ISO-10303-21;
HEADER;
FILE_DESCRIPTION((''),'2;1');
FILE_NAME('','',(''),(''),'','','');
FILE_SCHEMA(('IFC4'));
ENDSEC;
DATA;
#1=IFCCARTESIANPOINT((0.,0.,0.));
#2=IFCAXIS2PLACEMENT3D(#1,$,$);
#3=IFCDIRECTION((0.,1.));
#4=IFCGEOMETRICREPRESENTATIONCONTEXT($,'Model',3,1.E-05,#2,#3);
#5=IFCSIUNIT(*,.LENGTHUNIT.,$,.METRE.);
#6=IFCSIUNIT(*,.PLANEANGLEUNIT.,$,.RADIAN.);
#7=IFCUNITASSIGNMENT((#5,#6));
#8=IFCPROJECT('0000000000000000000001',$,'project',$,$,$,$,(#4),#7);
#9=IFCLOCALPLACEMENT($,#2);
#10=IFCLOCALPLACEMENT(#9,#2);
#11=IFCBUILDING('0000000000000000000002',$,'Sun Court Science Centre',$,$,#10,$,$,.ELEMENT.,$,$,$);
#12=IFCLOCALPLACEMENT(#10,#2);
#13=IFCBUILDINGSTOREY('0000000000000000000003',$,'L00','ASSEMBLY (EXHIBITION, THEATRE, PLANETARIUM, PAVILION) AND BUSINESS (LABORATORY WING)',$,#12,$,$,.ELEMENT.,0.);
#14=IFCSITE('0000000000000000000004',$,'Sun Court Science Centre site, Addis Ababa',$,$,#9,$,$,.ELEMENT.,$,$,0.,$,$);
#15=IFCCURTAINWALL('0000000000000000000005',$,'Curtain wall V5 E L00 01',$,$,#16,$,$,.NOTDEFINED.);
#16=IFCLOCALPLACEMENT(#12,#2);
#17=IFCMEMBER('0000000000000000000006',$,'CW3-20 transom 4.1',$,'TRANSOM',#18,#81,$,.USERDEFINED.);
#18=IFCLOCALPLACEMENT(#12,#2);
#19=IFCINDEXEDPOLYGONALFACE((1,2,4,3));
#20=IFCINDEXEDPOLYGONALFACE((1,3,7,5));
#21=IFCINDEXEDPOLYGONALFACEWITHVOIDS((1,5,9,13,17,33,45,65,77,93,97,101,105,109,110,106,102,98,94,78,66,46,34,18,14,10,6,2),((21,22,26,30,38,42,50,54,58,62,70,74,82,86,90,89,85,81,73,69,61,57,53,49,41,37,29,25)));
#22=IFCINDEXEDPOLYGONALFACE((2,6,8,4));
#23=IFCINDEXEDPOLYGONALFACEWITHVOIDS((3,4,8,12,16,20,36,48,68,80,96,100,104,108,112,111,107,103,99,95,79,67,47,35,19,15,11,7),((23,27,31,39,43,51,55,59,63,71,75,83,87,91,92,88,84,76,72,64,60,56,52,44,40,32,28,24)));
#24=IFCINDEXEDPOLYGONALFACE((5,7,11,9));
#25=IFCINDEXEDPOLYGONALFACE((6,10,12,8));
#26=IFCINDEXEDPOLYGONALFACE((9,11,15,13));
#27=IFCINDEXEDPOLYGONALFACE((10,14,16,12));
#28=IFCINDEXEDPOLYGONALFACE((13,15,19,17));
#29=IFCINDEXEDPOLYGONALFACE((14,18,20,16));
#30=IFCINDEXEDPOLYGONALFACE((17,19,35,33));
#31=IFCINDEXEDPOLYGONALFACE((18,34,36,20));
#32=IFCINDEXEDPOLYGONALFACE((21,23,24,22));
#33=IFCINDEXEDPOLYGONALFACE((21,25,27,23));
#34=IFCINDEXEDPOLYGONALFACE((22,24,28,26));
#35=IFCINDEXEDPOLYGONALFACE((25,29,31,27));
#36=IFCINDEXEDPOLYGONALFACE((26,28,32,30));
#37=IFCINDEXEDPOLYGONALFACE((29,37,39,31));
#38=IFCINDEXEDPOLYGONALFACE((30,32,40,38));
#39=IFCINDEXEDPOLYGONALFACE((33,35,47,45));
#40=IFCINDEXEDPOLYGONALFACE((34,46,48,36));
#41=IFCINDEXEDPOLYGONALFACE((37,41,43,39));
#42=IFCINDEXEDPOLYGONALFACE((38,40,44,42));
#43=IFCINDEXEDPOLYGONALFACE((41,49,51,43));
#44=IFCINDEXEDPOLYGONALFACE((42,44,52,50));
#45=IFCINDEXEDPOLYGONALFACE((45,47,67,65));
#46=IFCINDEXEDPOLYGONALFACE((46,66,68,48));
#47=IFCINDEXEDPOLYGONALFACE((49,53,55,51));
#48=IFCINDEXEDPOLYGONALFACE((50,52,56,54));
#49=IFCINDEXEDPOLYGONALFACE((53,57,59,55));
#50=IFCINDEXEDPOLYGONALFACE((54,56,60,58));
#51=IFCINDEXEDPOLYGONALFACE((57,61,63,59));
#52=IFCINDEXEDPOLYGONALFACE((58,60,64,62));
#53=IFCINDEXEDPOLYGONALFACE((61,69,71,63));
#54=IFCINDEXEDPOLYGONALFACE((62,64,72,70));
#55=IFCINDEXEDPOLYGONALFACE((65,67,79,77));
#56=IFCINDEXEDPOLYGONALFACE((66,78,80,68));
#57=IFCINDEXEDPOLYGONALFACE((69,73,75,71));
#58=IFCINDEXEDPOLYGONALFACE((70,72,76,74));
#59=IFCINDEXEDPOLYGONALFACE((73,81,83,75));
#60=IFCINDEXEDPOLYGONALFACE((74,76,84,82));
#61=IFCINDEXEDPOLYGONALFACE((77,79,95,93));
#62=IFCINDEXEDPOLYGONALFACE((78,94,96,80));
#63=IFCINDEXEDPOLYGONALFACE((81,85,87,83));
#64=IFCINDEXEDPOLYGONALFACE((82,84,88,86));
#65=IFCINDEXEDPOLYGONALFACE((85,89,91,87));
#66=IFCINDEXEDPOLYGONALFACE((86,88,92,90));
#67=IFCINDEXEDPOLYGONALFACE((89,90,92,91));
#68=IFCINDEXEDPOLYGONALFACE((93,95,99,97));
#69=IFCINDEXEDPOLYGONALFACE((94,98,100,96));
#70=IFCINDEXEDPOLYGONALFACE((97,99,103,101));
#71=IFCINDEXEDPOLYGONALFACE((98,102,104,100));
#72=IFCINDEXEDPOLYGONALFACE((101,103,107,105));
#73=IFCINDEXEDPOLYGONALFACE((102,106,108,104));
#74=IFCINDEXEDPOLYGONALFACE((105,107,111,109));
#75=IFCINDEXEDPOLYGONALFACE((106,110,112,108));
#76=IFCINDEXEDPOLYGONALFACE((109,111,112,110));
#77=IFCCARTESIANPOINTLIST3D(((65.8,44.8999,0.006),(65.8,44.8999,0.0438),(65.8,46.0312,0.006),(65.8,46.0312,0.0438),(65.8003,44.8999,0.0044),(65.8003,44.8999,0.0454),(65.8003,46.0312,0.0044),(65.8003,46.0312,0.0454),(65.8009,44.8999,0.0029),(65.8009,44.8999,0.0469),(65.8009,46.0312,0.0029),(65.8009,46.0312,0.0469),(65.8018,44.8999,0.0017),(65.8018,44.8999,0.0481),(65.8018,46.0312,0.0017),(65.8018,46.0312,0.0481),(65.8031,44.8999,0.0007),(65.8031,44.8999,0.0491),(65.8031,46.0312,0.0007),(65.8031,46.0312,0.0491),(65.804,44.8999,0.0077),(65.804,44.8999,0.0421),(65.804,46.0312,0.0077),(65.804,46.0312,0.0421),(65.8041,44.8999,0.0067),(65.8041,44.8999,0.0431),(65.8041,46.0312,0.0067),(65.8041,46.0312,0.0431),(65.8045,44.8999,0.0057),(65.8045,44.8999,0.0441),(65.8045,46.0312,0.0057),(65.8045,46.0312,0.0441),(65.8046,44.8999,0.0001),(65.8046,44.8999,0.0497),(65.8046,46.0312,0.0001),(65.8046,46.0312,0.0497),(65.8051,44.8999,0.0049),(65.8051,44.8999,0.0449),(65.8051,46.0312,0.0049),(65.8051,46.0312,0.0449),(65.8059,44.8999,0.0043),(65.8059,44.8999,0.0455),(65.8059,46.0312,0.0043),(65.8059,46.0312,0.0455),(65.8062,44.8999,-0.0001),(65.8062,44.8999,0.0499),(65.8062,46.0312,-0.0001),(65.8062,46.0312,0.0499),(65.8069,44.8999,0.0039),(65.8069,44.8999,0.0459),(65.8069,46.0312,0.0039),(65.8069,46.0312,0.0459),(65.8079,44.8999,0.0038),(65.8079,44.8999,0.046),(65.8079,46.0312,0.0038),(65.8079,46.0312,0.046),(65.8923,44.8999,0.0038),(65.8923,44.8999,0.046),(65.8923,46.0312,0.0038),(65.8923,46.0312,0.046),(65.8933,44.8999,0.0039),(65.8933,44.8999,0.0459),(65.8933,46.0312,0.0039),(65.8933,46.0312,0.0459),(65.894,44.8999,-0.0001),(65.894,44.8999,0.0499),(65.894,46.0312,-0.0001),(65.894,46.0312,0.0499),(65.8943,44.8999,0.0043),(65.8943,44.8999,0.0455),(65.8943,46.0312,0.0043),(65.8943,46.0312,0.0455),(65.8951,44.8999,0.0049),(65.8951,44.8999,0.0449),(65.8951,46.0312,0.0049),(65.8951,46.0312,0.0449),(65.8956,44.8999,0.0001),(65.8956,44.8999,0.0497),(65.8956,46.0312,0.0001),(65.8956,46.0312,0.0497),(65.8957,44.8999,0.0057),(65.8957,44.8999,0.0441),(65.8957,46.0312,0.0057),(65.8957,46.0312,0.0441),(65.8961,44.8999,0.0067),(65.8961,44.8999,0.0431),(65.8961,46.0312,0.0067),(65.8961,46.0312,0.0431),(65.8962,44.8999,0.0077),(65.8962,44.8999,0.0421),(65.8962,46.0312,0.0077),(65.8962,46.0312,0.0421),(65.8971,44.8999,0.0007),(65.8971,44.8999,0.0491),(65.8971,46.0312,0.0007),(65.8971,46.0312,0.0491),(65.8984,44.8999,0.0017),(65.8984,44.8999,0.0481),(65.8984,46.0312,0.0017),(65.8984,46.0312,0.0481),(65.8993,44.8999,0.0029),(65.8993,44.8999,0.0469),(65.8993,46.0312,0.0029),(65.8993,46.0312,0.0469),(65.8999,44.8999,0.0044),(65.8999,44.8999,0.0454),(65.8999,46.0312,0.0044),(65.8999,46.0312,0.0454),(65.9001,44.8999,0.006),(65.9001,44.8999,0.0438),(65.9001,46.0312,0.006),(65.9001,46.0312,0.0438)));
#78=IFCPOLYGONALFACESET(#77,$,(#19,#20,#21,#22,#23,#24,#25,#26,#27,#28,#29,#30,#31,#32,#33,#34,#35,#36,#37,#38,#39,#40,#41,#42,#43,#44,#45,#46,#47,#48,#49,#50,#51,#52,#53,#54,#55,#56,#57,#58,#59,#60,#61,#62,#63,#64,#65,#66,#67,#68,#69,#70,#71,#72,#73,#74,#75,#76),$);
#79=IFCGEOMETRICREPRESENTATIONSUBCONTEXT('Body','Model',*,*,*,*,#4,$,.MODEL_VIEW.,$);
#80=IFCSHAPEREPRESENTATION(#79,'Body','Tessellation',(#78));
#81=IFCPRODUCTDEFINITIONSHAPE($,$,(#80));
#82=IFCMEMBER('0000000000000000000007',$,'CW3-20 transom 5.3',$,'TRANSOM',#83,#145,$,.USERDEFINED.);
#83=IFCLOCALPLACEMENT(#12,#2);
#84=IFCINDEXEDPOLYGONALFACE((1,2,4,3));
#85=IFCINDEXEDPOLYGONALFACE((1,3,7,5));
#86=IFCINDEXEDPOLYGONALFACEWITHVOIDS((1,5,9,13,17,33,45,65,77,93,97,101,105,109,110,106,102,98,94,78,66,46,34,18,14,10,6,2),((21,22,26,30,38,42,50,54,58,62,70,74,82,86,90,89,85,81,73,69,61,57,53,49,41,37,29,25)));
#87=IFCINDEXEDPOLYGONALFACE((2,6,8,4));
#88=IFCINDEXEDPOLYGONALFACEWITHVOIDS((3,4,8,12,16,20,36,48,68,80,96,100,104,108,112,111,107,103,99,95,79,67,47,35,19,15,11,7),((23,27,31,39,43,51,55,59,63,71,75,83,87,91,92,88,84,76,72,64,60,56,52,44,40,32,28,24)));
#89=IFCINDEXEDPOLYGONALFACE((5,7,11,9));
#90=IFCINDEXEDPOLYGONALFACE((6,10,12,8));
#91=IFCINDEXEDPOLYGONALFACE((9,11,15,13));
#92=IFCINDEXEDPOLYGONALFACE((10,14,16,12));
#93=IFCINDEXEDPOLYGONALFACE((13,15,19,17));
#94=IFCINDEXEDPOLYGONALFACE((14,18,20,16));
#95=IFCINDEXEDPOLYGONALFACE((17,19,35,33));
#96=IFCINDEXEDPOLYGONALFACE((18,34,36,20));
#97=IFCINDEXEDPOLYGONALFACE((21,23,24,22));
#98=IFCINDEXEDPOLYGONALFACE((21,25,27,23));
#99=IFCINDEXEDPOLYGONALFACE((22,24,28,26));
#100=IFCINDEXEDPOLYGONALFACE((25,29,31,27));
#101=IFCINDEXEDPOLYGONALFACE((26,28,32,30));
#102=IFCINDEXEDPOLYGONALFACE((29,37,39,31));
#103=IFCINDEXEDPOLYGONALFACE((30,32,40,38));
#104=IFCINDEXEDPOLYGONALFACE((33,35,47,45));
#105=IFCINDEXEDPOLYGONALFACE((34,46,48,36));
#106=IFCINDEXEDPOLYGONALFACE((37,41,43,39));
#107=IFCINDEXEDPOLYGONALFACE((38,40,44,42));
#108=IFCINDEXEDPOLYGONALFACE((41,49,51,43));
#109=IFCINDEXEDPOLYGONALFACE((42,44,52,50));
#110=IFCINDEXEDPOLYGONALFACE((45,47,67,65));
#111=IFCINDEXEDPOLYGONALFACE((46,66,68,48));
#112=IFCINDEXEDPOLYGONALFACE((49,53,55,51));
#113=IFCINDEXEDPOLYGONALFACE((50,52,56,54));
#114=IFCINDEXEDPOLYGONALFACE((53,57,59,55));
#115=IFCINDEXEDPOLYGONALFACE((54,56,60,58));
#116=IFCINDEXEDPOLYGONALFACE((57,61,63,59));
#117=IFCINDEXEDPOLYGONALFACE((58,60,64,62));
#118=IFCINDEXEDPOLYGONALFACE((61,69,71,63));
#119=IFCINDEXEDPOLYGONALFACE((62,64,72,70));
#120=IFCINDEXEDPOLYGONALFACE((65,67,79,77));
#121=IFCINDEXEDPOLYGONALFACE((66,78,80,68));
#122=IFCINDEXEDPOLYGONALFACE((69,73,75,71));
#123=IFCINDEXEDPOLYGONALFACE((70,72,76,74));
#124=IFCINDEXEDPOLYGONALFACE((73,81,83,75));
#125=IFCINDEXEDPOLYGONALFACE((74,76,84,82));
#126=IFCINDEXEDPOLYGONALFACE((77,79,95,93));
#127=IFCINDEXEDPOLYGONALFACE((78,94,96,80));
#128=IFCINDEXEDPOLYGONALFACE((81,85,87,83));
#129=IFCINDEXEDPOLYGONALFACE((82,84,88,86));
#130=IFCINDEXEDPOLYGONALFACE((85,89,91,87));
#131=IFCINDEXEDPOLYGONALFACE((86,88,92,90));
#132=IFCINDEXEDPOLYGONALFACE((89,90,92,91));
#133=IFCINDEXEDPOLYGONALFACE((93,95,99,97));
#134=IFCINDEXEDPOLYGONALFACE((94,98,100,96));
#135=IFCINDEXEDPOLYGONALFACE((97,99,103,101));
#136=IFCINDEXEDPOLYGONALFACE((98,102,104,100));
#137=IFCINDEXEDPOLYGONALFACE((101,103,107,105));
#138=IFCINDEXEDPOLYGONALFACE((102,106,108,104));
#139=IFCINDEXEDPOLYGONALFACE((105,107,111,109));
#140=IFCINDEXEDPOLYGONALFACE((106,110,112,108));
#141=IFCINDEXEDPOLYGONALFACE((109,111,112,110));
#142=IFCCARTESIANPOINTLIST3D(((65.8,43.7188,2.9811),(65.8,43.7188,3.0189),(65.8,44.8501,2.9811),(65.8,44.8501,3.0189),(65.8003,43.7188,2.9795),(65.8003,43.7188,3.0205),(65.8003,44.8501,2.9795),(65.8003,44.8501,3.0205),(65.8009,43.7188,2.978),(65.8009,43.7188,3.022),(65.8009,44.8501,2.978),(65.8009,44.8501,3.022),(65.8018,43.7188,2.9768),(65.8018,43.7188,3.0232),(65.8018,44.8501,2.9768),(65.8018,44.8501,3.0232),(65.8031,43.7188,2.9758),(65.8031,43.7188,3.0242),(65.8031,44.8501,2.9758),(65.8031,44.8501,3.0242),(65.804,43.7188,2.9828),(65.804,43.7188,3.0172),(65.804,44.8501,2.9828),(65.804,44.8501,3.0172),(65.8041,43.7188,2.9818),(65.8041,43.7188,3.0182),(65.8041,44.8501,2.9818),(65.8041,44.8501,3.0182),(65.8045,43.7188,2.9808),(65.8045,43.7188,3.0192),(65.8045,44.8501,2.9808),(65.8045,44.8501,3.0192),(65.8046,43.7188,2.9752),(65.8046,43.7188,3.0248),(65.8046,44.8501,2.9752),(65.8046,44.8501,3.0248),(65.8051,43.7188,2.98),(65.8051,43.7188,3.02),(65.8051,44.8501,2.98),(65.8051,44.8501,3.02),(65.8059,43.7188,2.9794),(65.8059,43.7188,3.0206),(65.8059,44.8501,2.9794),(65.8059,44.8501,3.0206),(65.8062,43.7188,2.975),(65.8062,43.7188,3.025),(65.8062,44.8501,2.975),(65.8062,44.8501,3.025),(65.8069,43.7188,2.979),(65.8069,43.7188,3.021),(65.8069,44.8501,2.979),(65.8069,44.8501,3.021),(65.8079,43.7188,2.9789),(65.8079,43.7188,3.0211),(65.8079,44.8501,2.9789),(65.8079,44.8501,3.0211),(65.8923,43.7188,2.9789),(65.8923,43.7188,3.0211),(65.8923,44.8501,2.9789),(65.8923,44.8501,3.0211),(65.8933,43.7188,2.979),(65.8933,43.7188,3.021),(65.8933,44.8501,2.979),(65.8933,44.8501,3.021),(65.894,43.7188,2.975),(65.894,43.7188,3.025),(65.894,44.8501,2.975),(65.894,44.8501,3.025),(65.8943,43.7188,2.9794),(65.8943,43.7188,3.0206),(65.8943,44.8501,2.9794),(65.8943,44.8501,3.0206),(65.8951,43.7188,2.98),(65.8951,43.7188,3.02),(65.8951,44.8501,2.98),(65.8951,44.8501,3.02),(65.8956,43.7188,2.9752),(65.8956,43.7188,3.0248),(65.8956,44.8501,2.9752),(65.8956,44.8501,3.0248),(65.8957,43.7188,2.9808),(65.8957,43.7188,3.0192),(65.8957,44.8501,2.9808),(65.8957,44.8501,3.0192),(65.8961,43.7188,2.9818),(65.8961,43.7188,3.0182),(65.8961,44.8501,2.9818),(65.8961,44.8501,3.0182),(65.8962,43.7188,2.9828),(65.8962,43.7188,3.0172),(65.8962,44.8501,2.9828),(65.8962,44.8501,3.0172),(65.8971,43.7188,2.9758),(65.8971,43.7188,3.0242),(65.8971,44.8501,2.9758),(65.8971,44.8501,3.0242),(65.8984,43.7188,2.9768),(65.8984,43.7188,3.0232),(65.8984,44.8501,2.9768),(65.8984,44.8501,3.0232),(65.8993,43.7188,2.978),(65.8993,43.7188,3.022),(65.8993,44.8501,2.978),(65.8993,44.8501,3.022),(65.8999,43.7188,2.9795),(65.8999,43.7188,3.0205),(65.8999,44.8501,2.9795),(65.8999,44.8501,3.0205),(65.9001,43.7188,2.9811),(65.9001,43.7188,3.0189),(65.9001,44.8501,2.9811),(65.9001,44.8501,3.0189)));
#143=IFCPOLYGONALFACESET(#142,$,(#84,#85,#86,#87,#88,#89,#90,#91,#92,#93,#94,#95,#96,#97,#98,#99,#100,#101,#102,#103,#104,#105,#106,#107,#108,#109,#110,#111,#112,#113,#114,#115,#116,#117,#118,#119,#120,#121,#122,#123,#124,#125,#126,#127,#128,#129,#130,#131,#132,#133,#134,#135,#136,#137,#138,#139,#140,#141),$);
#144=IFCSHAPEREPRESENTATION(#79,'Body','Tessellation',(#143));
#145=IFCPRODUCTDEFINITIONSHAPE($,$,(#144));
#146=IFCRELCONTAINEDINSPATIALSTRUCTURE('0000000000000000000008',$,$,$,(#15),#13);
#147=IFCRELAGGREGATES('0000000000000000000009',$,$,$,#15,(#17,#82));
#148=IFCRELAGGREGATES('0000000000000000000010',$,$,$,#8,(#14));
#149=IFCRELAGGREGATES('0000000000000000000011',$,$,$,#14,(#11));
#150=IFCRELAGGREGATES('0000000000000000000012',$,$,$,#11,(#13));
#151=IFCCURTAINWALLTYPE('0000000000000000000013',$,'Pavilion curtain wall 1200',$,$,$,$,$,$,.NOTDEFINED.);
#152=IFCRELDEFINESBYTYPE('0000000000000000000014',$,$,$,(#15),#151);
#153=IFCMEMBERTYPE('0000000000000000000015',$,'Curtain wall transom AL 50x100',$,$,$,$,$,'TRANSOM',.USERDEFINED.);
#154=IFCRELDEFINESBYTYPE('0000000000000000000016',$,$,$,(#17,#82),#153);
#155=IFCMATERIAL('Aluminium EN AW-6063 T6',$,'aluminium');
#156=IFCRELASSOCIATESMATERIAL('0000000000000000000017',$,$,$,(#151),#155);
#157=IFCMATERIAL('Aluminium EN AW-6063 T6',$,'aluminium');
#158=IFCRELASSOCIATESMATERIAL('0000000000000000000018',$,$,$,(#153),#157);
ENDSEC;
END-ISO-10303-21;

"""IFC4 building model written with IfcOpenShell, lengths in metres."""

from ifc_helpers import new_model, si_unit, direction, frame, origin, origin_2d, place, context, subcontext, project, spatial, hollow_rectangle, extrude, material, material_profile, profile_set, type_object, element, aggregate, save


model = new_model("IFC4")

# Units and contexts
model_context = context("Model", 3, precision=1e-05, world=origin(), true_north=direction((0.0, 1.0)))
body_context = subcontext(model_context, "Body", "Model", "MODEL_VIEW")
ifc_project = project(units=[si_unit("LENGTHUNIT", "METRE"), si_unit("PLANEANGLEUNIT", "RADIAN")], contexts=[model_context])

# Site, building, storey
site_placement = place(None, origin())
site = spatial("IfcSite", under=ifc_project, at=site_placement, Name="Sun Court Science Centre site, Addis Ababa", CompositionType="ELEMENT", RefElevation=0.0)
building_placement = place(site_placement, origin())
building = spatial("IfcBuilding", under=site, at=building_placement, Name="Sun Court Science Centre", CompositionType="ELEMENT")
storey_placement = place(building_placement, origin())
storey = spatial("IfcBuildingStorey", under=building, at=storey_placement, Name="L00", Description="ASSEMBLY (EXHIBITION, THEATRE, PLANETARIUM, PAVILION) AND BUSINESS (LABORATORY WING)", CompositionType="ELEMENT", Elevation=0.0)

# Curtain wall
ifc_material_1 = material(Name="Aluminium EN AW-6063 T6", Category="aluminium")
curtain_wall_type_1 = type_object("IfcCurtainWallType", Name="Pavilion curtain wall 1200", PredefinedType="NOTDEFINED", material=ifc_material_1)
curtain_wall_1_placement = place(storey_placement, origin())
curtain_wall_1 = element("IfcCurtainWall", 1, at=curtain_wall_1_placement, inside=storey, type_object=curtain_wall_type_1, Name="Curtain wall V5 E L00 01", PredefinedType="NOTDEFINED")

# Members
ifc_material_2 = material(Name="Aluminium EN AW-6063 T6", Category="aluminium")
ifc_material_profile_1 = material_profile(ifc_material_2, hollow_rectangle(XDim=0.05, YDim=0.1001, WallThickness=0.0039, InnerFilletRadius=0.0039, OuterFilletRadius=0.0061, at=origin_2d()), Name="AL 50x100x4")
ifc_profile_set_1 = profile_set([ifc_material_profile_1], Name="Aluminium EN AW-6063 T6")
member_type_1 = type_object("IfcMemberType", Name="Curtain wall transom AL 50x100", ElementType="TRANSOM", PredefinedType="USERDEFINED", material=ifc_profile_set_1)
member_1_placement = place(storey_placement, frame((65.8501, 46.0312, 0.0249), z_axis=(0.0, -1.0, 0.0), x_axis=(0.0, 0.0, 1.0)))
member_1 = element("IfcMember", 2, at=member_1_placement, type_object=member_type_1, Name="CW3-20 transom 4.1", ObjectType="TRANSOM", PredefinedType="USERDEFINED", context=body_context, shape_type="SweptSolid", body=[
    extrude(hollow_rectangle(XDim=0.05, YDim=0.1001, WallThickness=0.0039, InnerFilletRadius=0.0039, OuterFilletRadius=0.0061, at=origin_2d()), origin(), (0.0, 0.0, 1.0), 1.1313),
])
member_2_placement = place(storey_placement, frame((65.8501, 44.8501, 3.0), z_axis=(0.0, -1.0, 0.0), x_axis=(0.0, 0.0, 1.0)))
member_2 = element("IfcMember", 3, at=member_2_placement, type_object=member_type_1, Name="CW3-20 transom 5.3", ObjectType="TRANSOM", PredefinedType="USERDEFINED", context=body_context, shape_type="SweptSolid", body=[
    extrude(hollow_rectangle(XDim=0.05, YDim=0.1001, WallThickness=0.0039, InnerFilletRadius=0.0039, OuterFilletRadius=0.0061, at=origin_2d()), origin(), (0.0, 0.0, 1.0), 1.1313),
])

aggregate(curtain_wall_1, [member_1, member_2])

save(model, "model.ifc")
